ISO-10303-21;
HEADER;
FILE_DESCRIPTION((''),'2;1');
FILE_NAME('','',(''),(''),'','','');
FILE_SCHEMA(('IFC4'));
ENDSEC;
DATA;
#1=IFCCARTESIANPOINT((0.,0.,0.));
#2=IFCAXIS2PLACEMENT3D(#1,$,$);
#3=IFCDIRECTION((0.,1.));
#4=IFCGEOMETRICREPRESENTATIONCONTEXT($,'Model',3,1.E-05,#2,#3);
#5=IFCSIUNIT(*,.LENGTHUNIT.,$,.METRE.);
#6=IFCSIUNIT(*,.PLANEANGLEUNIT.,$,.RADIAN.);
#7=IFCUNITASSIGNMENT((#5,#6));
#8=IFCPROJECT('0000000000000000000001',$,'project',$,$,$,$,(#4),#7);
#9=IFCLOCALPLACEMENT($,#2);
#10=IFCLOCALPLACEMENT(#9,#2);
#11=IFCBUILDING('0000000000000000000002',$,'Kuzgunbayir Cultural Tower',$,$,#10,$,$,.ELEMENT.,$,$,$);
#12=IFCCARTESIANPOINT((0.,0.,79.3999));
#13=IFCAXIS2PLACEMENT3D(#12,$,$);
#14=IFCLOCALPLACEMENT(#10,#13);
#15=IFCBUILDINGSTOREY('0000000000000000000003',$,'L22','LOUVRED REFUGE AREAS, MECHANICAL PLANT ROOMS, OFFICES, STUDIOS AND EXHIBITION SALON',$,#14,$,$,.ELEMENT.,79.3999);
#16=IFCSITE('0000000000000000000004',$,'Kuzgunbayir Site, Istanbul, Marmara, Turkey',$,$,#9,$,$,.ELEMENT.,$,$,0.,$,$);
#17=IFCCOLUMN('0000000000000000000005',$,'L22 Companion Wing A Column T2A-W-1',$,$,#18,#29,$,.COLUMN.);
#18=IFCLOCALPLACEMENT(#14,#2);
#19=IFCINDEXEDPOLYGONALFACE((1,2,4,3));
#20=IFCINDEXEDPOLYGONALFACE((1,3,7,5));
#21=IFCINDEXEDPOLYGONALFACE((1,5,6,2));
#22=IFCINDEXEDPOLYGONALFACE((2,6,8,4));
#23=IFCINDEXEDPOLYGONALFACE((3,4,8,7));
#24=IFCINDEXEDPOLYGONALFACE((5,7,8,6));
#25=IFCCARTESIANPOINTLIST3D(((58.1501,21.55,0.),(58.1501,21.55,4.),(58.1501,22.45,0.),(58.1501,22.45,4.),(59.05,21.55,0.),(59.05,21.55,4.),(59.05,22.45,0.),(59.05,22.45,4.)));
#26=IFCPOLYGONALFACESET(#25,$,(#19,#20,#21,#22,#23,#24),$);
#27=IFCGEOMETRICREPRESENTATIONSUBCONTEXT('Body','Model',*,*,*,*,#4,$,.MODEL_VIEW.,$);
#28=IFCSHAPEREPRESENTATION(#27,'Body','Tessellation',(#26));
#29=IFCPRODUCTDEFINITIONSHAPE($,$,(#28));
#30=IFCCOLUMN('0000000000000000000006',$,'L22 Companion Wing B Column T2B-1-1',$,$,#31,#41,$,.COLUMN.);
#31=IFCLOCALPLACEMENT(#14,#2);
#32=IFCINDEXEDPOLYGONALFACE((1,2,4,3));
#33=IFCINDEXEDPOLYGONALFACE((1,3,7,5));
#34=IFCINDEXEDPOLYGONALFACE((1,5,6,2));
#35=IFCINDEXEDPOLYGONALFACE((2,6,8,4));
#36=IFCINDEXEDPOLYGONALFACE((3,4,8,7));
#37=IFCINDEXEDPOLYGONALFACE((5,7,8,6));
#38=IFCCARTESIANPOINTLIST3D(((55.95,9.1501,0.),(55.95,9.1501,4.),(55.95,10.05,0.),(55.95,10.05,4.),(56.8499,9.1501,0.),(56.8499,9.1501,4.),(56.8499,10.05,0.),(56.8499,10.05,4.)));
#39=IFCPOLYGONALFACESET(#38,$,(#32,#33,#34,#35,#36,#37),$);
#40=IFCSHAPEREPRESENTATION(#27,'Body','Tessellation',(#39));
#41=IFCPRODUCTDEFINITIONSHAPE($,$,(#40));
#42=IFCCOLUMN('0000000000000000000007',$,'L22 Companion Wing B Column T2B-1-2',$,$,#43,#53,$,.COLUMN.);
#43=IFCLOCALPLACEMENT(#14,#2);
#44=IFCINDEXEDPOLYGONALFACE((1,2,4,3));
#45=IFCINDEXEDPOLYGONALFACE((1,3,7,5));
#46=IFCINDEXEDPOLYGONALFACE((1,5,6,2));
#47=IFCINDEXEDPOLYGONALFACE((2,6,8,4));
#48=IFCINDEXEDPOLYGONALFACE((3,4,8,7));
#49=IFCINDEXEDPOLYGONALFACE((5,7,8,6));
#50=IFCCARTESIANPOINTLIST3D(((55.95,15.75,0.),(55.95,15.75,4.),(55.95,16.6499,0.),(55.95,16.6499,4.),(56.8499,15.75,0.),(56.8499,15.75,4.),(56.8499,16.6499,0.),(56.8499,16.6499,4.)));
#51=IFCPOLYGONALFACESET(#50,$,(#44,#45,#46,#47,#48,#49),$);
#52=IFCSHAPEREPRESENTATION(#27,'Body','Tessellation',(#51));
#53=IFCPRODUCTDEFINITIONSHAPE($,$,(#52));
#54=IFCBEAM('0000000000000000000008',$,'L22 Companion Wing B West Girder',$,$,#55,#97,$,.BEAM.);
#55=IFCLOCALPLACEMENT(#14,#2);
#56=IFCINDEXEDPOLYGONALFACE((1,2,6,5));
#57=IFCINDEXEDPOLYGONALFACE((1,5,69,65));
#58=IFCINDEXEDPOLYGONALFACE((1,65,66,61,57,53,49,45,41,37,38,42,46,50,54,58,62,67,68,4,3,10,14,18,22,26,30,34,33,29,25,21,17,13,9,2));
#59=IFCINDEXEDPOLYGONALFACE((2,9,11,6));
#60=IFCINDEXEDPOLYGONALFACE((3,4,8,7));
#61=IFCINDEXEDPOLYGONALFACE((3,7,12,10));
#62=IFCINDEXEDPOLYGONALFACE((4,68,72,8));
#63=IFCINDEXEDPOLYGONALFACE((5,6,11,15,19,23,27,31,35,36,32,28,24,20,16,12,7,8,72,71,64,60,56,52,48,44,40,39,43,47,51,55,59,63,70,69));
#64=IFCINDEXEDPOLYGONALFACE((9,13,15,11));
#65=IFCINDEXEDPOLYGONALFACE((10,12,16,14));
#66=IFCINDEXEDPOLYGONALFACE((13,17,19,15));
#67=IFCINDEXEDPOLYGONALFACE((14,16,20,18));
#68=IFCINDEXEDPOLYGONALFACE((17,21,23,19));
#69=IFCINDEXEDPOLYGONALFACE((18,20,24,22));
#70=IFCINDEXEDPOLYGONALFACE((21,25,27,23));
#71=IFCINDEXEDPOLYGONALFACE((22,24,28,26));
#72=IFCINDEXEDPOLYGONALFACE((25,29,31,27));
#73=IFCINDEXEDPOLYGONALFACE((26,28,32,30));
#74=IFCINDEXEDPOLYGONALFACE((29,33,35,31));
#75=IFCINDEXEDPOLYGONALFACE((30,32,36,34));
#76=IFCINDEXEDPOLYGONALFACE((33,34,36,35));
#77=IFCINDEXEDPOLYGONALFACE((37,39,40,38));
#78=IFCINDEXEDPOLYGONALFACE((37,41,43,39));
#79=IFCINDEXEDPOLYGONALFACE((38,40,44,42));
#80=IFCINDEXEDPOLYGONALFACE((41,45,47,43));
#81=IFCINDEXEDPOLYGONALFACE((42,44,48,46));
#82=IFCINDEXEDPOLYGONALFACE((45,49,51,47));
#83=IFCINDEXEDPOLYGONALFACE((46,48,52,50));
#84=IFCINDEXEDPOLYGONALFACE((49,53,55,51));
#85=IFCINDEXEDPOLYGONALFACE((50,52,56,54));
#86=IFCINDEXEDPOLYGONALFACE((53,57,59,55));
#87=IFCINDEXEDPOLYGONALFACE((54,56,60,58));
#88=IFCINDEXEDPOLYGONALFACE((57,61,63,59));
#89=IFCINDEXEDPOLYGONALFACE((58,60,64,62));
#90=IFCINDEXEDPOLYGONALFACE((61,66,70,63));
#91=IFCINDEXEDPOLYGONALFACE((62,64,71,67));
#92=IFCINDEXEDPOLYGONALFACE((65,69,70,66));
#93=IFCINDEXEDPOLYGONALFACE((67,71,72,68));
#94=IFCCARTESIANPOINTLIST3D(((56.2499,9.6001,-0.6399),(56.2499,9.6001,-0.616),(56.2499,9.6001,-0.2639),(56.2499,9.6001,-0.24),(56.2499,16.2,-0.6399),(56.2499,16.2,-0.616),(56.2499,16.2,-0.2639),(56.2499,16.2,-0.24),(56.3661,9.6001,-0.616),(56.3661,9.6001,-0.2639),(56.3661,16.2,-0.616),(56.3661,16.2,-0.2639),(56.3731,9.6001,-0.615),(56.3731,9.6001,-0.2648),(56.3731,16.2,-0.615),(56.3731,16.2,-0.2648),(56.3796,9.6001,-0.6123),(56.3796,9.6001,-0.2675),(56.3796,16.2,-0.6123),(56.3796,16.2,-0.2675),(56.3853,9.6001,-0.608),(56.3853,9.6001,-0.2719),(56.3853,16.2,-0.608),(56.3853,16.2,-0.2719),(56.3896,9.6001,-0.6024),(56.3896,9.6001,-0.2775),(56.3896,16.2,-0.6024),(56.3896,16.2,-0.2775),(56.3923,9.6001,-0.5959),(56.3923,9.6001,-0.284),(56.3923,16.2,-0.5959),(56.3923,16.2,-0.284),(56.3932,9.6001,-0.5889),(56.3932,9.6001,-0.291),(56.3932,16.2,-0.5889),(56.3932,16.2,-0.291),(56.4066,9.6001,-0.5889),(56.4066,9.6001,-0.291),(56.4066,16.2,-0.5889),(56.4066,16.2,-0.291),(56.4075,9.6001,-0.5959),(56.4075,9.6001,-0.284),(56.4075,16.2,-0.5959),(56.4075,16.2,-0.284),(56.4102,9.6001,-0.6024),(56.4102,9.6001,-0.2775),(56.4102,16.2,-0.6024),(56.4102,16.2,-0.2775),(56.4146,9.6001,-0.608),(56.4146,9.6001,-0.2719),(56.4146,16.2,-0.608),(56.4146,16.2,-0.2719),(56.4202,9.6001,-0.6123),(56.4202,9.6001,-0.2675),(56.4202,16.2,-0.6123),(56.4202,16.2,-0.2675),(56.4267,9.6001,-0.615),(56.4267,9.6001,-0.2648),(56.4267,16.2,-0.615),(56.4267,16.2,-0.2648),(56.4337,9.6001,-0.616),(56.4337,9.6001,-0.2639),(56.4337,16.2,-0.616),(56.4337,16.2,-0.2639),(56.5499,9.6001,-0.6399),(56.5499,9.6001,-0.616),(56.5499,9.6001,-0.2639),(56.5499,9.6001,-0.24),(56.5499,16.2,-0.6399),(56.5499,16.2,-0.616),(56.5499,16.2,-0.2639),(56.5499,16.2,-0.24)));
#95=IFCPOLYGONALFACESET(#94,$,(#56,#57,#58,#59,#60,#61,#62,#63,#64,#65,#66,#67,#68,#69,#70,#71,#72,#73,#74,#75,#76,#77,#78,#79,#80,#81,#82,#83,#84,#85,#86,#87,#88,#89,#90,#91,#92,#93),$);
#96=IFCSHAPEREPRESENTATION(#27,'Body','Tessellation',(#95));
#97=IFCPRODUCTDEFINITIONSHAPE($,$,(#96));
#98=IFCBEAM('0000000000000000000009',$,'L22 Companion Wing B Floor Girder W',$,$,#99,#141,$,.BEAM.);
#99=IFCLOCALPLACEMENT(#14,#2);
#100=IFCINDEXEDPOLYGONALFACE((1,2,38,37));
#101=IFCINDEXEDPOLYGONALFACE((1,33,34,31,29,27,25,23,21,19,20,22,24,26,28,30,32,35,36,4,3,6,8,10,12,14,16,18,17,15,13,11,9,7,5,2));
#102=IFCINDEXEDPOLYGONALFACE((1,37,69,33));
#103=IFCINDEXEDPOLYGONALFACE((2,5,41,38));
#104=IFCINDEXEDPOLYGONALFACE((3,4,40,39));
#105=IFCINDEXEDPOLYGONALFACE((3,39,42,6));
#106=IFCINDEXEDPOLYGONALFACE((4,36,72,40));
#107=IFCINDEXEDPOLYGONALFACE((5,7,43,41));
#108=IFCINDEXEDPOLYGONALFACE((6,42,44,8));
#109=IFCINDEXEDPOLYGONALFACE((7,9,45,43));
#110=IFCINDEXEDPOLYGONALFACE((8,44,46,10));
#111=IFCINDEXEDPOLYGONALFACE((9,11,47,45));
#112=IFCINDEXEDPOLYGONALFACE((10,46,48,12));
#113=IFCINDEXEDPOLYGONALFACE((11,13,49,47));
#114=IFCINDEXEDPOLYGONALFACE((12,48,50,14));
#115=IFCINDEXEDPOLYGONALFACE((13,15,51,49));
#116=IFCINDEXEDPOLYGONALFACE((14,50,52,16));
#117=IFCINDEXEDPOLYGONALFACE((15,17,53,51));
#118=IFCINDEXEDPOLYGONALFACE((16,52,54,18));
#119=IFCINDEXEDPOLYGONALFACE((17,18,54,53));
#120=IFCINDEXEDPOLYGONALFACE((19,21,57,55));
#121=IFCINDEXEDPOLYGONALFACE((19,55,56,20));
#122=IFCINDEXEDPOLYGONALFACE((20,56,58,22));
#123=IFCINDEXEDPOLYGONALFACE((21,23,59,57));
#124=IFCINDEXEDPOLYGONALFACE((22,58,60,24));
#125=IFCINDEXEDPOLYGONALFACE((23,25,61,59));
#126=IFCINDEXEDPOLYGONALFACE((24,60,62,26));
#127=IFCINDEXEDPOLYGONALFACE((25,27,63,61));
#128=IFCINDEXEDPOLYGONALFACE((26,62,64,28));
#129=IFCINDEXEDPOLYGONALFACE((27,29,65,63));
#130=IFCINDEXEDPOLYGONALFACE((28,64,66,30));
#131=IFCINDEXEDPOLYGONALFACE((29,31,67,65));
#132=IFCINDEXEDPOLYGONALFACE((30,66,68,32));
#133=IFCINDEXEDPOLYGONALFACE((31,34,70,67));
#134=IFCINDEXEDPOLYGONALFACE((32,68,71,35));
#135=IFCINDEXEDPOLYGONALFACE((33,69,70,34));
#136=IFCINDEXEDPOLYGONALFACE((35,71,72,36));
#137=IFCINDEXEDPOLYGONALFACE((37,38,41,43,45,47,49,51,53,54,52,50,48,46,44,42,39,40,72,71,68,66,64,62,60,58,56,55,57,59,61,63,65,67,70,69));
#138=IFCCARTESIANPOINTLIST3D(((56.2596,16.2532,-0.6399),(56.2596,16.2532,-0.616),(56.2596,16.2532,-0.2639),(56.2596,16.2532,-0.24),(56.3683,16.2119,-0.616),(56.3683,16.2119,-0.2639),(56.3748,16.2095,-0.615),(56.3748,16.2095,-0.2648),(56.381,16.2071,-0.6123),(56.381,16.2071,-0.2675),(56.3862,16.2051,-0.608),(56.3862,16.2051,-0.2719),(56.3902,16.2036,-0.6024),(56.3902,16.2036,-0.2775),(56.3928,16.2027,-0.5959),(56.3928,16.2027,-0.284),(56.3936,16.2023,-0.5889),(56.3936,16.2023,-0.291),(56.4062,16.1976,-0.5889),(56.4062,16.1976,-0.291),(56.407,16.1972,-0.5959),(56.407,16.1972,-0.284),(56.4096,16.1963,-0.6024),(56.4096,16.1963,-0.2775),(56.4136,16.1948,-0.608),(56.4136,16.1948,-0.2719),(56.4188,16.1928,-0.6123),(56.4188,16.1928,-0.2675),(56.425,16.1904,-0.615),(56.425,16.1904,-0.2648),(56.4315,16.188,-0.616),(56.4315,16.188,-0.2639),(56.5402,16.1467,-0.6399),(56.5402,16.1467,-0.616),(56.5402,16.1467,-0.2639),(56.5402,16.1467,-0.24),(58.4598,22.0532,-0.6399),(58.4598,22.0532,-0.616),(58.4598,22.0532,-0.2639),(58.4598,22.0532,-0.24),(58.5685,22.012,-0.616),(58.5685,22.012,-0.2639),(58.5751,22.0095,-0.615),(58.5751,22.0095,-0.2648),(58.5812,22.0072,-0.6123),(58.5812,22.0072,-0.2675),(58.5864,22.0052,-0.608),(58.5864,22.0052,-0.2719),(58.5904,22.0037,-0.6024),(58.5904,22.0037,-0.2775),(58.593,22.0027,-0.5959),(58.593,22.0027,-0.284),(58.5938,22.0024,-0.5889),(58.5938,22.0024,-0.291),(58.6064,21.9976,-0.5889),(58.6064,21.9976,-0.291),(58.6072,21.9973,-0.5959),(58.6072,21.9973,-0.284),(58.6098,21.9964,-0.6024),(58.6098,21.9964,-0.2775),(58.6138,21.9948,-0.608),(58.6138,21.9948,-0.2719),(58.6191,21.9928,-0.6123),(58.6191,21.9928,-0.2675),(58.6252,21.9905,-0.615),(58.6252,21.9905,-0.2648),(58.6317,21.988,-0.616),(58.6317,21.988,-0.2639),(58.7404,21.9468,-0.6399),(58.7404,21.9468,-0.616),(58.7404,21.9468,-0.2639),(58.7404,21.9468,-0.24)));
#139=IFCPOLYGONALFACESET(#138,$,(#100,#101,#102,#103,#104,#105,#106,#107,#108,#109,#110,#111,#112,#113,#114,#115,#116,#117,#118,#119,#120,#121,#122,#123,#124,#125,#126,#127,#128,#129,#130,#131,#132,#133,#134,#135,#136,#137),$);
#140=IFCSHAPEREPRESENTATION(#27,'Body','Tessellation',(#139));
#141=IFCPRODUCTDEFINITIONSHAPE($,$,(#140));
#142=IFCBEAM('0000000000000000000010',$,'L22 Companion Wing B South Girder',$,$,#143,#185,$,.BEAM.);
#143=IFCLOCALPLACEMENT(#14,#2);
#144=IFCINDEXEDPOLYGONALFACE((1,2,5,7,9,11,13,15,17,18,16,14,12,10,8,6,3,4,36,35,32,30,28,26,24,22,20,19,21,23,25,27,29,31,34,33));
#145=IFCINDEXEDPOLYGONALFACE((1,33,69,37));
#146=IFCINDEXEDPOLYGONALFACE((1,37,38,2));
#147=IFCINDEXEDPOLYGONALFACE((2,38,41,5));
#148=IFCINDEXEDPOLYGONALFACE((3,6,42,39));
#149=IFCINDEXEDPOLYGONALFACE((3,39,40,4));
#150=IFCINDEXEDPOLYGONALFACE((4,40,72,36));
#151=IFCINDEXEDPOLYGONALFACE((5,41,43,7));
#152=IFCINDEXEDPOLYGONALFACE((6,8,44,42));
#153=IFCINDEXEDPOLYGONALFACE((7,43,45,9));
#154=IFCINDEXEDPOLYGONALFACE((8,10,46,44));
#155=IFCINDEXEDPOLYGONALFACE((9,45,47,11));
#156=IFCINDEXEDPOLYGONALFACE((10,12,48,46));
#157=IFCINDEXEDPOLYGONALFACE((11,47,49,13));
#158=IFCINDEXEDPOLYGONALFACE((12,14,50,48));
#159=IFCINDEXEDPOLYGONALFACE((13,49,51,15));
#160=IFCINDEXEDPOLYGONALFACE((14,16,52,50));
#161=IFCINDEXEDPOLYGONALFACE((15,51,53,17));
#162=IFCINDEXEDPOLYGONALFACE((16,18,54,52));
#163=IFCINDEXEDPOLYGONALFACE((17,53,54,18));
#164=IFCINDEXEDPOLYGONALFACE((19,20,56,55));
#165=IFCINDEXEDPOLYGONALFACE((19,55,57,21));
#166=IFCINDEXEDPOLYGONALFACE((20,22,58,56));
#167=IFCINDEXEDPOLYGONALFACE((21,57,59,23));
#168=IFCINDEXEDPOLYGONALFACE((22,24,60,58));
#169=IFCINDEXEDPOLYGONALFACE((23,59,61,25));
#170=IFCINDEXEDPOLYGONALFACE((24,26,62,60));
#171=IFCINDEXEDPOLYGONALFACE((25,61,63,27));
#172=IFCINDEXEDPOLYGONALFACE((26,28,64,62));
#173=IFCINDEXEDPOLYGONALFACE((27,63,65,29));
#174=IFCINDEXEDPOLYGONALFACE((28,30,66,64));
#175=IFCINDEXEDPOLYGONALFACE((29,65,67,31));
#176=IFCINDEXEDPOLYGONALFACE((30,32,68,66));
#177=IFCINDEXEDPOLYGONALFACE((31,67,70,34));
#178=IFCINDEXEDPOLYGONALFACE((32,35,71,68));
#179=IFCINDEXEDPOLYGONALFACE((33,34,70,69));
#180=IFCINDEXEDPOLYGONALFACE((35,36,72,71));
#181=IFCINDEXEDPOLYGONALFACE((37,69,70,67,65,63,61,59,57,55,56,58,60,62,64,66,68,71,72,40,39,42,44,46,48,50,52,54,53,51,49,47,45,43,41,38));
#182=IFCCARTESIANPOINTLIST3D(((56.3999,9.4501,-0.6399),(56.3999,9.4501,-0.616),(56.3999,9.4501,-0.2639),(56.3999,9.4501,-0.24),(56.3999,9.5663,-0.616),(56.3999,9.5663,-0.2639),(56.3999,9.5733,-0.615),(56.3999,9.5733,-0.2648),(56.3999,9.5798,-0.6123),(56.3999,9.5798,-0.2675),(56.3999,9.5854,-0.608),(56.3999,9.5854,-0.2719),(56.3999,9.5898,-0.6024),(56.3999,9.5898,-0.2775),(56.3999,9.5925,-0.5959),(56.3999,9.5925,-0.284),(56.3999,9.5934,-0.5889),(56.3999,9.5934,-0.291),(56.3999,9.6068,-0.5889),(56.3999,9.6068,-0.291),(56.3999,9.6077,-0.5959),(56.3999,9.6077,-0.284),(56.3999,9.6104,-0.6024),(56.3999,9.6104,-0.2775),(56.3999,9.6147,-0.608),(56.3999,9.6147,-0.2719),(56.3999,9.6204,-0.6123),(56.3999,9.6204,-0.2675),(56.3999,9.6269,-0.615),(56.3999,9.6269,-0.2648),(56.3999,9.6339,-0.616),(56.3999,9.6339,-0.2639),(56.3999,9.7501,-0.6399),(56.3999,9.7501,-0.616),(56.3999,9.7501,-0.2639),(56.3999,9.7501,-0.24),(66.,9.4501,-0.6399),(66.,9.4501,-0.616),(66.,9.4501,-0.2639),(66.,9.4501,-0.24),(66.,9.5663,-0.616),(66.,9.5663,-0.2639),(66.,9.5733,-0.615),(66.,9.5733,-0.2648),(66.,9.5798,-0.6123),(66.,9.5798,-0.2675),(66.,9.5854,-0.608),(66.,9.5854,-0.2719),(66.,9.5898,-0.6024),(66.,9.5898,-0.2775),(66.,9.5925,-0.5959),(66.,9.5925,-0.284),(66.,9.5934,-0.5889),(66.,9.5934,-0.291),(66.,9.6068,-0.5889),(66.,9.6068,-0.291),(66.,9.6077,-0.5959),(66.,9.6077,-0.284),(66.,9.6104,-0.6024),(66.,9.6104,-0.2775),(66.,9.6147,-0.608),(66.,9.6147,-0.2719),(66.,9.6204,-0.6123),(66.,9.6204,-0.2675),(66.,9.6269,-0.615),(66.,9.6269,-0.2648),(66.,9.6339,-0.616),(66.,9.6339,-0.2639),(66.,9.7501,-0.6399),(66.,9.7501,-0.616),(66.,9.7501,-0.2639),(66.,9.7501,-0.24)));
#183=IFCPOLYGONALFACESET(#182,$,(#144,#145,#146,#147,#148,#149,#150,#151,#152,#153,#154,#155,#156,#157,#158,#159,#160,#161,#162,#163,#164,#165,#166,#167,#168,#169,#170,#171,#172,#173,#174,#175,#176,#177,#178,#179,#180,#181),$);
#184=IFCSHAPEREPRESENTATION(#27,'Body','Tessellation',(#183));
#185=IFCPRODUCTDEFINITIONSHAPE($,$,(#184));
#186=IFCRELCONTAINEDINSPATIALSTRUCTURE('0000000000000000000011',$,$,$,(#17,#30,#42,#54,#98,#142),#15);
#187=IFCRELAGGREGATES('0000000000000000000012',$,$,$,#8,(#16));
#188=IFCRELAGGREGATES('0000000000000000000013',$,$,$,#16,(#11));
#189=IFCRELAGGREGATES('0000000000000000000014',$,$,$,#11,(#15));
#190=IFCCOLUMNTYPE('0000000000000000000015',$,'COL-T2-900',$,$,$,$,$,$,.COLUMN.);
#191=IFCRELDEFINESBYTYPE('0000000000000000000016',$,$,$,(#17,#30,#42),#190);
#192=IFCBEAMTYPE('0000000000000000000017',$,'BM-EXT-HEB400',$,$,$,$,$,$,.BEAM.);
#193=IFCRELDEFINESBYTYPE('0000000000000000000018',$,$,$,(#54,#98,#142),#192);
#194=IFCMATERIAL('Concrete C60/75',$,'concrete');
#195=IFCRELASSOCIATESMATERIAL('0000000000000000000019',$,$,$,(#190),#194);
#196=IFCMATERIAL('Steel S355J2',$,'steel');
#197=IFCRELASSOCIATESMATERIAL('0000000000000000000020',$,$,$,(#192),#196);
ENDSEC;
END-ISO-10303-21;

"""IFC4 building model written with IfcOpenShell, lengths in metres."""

from ifc_helpers import new_model, si_unit, direction, frame, origin, origin_2d, place, context, subcontext, project, spatial, rectangle, i_section, extrude, material, material_profile, profile_set, type_object, element, save


model = new_model("IFC4")

# Units and contexts
model_context = context("Model", 3, precision=1e-05, world=origin(), true_north=direction((0.0, 1.0)))
body_context = subcontext(model_context, "Body", "Model", "MODEL_VIEW")
ifc_project = project(units=[si_unit("LENGTHUNIT", "METRE"), si_unit("PLANEANGLEUNIT", "RADIAN")], contexts=[model_context])

# Site, building, storey
site_placement = place(None, origin())
site = spatial("IfcSite", under=ifc_project, at=site_placement, Name="Kuzgunbayir Site, Istanbul, Marmara, Turkey", CompositionType="ELEMENT", RefElevation=0.0)
building_placement = place(site_placement, origin())
building = spatial("IfcBuilding", under=site, at=building_placement, Name="Kuzgunbayir Cultural Tower", CompositionType="ELEMENT")
storey_placement = place(building_placement, frame((0.0, 0.0, 79.3999)))
storey = spatial("IfcBuildingStorey", under=building, at=storey_placement, Name="L22", Description="LOUVRED REFUGE AREAS, MECHANICAL PLANT ROOMS, OFFICES, STUDIOS AND EXHIBITION SALON", CompositionType="ELEMENT", Elevation=79.3999)

# Columns
ifc_material_1 = material(Name="Concrete C60/75", Category="concrete")
ifc_material_profile_1 = material_profile(ifc_material_1, rectangle(XDim=0.8999, YDim=0.8999, at=origin_2d()), Name="RC 900x900")
ifc_profile_set_1 = profile_set([ifc_material_profile_1], Name="Concrete C60/75")
column_type = type_object("IfcColumnType", Name="COL-T2-900", PredefinedType="COLUMN", material=ifc_profile_set_1)
for number, where, z_axis, x_axis, name in (
    (1, (58.6001, 22.0, 0.0), (0.0, 0.0, 1.0), (1.0, 0.0, 0.0), "L22 Companion Wing A Column T2A-W-1"),
    (2, (56.3999, 9.6001, 0.0), (0.0, 0.0, 1.0), (1.0, 0.0, 0.0), "L22 Companion Wing B Column T2B-1-1"),
    (3, (56.3999, 16.2, 0.0), (0.0, 0.0, 1.0), (1.0, 0.0, 0.0), "L22 Companion Wing B Column T2B-1-2"),
):
    element("IfcColumn", number, at=place(storey_placement, frame(where, z_axis=z_axis, x_axis=x_axis)), inside=storey, type_object=column_type, Name=name, PredefinedType="COLUMN", context=body_context, shape_type="SweptSolid", body=[
        extrude(rectangle(XDim=0.8999, YDim=0.8999, at=origin_2d()), origin(), (0.0, 0.0, 1.0), 4.0),
    ])

# Beams
ifc_material_2 = material(Name="Steel S355J2", Category="steel")
ifc_material_profile_2 = material_profile(ifc_material_2, i_section(OverallWidth=0.3, OverallDepth=0.3999, WebThickness=0.0134, FlangeThickness=0.0239, FilletRadius=0.0271, at=origin_2d()), Name="HEB 400")
ifc_profile_set_2 = profile_set([ifc_material_profile_2], Name="Steel S355J2")
beam_type_1 = type_object("IfcBeamType", Name="BM-EXT-HEB400", PredefinedType="BEAM", material=ifc_profile_set_2)
beam_1_placement = place(storey_placement, frame((56.3999, 9.6001, -0.4399), z_axis=(0.0, 1.0, 0.0), x_axis=(-1.0, 0.0, 0.0)))
element("IfcBeam", 4, at=beam_1_placement, inside=storey, type_object=beam_type_1, Name="L22 Companion Wing B West Girder", PredefinedType="BEAM", context=body_context, shape_type="SweptSolid", body=[
    extrude(i_section(OverallWidth=0.3, OverallDepth=0.3999, WebThickness=0.0134, FlangeThickness=0.0239, FilletRadius=0.0271, at=origin_2d()), origin(), (0.0, 0.0, 1.0), 6.5999),
])
beam_2_placement = place(storey_placement, frame((56.3999, 16.2, -0.4399), z_axis=(0.354679, 0.934988, 0.0), x_axis=(-0.934988, 0.354679, 0.0)))
element("IfcBeam", 5, at=beam_2_placement, inside=storey, type_object=beam_type_1, Name="L22 Companion Wing B Floor Girder W", PredefinedType="BEAM", context=body_context, shape_type="SweptSolid", body=[
    extrude(i_section(OverallWidth=0.3, OverallDepth=0.3999, WebThickness=0.0134, FlangeThickness=0.0239, FilletRadius=0.0271, at=origin_2d()), origin(), (0.0, 0.0, 1.0), 6.2034),
])
beam_3_placement = place(storey_placement, frame((56.3999, 9.6001, -0.4399), z_axis=(1.0, 0.0, 0.0), x_axis=(0.0, 1.0, 0.0)))
element("IfcBeam", 6, at=beam_3_placement, inside=storey, type_object=beam_type_1, Name="L22 Companion Wing B South Girder", PredefinedType="BEAM", context=body_context, shape_type="SweptSolid", body=[
    extrude(i_section(OverallWidth=0.3, OverallDepth=0.3999, WebThickness=0.0134, FlangeThickness=0.0239, FilletRadius=0.0271, at=origin_2d()), origin(), (0.0, 0.0, 1.0), 9.6001),
])

save(model, "model.ifc")
